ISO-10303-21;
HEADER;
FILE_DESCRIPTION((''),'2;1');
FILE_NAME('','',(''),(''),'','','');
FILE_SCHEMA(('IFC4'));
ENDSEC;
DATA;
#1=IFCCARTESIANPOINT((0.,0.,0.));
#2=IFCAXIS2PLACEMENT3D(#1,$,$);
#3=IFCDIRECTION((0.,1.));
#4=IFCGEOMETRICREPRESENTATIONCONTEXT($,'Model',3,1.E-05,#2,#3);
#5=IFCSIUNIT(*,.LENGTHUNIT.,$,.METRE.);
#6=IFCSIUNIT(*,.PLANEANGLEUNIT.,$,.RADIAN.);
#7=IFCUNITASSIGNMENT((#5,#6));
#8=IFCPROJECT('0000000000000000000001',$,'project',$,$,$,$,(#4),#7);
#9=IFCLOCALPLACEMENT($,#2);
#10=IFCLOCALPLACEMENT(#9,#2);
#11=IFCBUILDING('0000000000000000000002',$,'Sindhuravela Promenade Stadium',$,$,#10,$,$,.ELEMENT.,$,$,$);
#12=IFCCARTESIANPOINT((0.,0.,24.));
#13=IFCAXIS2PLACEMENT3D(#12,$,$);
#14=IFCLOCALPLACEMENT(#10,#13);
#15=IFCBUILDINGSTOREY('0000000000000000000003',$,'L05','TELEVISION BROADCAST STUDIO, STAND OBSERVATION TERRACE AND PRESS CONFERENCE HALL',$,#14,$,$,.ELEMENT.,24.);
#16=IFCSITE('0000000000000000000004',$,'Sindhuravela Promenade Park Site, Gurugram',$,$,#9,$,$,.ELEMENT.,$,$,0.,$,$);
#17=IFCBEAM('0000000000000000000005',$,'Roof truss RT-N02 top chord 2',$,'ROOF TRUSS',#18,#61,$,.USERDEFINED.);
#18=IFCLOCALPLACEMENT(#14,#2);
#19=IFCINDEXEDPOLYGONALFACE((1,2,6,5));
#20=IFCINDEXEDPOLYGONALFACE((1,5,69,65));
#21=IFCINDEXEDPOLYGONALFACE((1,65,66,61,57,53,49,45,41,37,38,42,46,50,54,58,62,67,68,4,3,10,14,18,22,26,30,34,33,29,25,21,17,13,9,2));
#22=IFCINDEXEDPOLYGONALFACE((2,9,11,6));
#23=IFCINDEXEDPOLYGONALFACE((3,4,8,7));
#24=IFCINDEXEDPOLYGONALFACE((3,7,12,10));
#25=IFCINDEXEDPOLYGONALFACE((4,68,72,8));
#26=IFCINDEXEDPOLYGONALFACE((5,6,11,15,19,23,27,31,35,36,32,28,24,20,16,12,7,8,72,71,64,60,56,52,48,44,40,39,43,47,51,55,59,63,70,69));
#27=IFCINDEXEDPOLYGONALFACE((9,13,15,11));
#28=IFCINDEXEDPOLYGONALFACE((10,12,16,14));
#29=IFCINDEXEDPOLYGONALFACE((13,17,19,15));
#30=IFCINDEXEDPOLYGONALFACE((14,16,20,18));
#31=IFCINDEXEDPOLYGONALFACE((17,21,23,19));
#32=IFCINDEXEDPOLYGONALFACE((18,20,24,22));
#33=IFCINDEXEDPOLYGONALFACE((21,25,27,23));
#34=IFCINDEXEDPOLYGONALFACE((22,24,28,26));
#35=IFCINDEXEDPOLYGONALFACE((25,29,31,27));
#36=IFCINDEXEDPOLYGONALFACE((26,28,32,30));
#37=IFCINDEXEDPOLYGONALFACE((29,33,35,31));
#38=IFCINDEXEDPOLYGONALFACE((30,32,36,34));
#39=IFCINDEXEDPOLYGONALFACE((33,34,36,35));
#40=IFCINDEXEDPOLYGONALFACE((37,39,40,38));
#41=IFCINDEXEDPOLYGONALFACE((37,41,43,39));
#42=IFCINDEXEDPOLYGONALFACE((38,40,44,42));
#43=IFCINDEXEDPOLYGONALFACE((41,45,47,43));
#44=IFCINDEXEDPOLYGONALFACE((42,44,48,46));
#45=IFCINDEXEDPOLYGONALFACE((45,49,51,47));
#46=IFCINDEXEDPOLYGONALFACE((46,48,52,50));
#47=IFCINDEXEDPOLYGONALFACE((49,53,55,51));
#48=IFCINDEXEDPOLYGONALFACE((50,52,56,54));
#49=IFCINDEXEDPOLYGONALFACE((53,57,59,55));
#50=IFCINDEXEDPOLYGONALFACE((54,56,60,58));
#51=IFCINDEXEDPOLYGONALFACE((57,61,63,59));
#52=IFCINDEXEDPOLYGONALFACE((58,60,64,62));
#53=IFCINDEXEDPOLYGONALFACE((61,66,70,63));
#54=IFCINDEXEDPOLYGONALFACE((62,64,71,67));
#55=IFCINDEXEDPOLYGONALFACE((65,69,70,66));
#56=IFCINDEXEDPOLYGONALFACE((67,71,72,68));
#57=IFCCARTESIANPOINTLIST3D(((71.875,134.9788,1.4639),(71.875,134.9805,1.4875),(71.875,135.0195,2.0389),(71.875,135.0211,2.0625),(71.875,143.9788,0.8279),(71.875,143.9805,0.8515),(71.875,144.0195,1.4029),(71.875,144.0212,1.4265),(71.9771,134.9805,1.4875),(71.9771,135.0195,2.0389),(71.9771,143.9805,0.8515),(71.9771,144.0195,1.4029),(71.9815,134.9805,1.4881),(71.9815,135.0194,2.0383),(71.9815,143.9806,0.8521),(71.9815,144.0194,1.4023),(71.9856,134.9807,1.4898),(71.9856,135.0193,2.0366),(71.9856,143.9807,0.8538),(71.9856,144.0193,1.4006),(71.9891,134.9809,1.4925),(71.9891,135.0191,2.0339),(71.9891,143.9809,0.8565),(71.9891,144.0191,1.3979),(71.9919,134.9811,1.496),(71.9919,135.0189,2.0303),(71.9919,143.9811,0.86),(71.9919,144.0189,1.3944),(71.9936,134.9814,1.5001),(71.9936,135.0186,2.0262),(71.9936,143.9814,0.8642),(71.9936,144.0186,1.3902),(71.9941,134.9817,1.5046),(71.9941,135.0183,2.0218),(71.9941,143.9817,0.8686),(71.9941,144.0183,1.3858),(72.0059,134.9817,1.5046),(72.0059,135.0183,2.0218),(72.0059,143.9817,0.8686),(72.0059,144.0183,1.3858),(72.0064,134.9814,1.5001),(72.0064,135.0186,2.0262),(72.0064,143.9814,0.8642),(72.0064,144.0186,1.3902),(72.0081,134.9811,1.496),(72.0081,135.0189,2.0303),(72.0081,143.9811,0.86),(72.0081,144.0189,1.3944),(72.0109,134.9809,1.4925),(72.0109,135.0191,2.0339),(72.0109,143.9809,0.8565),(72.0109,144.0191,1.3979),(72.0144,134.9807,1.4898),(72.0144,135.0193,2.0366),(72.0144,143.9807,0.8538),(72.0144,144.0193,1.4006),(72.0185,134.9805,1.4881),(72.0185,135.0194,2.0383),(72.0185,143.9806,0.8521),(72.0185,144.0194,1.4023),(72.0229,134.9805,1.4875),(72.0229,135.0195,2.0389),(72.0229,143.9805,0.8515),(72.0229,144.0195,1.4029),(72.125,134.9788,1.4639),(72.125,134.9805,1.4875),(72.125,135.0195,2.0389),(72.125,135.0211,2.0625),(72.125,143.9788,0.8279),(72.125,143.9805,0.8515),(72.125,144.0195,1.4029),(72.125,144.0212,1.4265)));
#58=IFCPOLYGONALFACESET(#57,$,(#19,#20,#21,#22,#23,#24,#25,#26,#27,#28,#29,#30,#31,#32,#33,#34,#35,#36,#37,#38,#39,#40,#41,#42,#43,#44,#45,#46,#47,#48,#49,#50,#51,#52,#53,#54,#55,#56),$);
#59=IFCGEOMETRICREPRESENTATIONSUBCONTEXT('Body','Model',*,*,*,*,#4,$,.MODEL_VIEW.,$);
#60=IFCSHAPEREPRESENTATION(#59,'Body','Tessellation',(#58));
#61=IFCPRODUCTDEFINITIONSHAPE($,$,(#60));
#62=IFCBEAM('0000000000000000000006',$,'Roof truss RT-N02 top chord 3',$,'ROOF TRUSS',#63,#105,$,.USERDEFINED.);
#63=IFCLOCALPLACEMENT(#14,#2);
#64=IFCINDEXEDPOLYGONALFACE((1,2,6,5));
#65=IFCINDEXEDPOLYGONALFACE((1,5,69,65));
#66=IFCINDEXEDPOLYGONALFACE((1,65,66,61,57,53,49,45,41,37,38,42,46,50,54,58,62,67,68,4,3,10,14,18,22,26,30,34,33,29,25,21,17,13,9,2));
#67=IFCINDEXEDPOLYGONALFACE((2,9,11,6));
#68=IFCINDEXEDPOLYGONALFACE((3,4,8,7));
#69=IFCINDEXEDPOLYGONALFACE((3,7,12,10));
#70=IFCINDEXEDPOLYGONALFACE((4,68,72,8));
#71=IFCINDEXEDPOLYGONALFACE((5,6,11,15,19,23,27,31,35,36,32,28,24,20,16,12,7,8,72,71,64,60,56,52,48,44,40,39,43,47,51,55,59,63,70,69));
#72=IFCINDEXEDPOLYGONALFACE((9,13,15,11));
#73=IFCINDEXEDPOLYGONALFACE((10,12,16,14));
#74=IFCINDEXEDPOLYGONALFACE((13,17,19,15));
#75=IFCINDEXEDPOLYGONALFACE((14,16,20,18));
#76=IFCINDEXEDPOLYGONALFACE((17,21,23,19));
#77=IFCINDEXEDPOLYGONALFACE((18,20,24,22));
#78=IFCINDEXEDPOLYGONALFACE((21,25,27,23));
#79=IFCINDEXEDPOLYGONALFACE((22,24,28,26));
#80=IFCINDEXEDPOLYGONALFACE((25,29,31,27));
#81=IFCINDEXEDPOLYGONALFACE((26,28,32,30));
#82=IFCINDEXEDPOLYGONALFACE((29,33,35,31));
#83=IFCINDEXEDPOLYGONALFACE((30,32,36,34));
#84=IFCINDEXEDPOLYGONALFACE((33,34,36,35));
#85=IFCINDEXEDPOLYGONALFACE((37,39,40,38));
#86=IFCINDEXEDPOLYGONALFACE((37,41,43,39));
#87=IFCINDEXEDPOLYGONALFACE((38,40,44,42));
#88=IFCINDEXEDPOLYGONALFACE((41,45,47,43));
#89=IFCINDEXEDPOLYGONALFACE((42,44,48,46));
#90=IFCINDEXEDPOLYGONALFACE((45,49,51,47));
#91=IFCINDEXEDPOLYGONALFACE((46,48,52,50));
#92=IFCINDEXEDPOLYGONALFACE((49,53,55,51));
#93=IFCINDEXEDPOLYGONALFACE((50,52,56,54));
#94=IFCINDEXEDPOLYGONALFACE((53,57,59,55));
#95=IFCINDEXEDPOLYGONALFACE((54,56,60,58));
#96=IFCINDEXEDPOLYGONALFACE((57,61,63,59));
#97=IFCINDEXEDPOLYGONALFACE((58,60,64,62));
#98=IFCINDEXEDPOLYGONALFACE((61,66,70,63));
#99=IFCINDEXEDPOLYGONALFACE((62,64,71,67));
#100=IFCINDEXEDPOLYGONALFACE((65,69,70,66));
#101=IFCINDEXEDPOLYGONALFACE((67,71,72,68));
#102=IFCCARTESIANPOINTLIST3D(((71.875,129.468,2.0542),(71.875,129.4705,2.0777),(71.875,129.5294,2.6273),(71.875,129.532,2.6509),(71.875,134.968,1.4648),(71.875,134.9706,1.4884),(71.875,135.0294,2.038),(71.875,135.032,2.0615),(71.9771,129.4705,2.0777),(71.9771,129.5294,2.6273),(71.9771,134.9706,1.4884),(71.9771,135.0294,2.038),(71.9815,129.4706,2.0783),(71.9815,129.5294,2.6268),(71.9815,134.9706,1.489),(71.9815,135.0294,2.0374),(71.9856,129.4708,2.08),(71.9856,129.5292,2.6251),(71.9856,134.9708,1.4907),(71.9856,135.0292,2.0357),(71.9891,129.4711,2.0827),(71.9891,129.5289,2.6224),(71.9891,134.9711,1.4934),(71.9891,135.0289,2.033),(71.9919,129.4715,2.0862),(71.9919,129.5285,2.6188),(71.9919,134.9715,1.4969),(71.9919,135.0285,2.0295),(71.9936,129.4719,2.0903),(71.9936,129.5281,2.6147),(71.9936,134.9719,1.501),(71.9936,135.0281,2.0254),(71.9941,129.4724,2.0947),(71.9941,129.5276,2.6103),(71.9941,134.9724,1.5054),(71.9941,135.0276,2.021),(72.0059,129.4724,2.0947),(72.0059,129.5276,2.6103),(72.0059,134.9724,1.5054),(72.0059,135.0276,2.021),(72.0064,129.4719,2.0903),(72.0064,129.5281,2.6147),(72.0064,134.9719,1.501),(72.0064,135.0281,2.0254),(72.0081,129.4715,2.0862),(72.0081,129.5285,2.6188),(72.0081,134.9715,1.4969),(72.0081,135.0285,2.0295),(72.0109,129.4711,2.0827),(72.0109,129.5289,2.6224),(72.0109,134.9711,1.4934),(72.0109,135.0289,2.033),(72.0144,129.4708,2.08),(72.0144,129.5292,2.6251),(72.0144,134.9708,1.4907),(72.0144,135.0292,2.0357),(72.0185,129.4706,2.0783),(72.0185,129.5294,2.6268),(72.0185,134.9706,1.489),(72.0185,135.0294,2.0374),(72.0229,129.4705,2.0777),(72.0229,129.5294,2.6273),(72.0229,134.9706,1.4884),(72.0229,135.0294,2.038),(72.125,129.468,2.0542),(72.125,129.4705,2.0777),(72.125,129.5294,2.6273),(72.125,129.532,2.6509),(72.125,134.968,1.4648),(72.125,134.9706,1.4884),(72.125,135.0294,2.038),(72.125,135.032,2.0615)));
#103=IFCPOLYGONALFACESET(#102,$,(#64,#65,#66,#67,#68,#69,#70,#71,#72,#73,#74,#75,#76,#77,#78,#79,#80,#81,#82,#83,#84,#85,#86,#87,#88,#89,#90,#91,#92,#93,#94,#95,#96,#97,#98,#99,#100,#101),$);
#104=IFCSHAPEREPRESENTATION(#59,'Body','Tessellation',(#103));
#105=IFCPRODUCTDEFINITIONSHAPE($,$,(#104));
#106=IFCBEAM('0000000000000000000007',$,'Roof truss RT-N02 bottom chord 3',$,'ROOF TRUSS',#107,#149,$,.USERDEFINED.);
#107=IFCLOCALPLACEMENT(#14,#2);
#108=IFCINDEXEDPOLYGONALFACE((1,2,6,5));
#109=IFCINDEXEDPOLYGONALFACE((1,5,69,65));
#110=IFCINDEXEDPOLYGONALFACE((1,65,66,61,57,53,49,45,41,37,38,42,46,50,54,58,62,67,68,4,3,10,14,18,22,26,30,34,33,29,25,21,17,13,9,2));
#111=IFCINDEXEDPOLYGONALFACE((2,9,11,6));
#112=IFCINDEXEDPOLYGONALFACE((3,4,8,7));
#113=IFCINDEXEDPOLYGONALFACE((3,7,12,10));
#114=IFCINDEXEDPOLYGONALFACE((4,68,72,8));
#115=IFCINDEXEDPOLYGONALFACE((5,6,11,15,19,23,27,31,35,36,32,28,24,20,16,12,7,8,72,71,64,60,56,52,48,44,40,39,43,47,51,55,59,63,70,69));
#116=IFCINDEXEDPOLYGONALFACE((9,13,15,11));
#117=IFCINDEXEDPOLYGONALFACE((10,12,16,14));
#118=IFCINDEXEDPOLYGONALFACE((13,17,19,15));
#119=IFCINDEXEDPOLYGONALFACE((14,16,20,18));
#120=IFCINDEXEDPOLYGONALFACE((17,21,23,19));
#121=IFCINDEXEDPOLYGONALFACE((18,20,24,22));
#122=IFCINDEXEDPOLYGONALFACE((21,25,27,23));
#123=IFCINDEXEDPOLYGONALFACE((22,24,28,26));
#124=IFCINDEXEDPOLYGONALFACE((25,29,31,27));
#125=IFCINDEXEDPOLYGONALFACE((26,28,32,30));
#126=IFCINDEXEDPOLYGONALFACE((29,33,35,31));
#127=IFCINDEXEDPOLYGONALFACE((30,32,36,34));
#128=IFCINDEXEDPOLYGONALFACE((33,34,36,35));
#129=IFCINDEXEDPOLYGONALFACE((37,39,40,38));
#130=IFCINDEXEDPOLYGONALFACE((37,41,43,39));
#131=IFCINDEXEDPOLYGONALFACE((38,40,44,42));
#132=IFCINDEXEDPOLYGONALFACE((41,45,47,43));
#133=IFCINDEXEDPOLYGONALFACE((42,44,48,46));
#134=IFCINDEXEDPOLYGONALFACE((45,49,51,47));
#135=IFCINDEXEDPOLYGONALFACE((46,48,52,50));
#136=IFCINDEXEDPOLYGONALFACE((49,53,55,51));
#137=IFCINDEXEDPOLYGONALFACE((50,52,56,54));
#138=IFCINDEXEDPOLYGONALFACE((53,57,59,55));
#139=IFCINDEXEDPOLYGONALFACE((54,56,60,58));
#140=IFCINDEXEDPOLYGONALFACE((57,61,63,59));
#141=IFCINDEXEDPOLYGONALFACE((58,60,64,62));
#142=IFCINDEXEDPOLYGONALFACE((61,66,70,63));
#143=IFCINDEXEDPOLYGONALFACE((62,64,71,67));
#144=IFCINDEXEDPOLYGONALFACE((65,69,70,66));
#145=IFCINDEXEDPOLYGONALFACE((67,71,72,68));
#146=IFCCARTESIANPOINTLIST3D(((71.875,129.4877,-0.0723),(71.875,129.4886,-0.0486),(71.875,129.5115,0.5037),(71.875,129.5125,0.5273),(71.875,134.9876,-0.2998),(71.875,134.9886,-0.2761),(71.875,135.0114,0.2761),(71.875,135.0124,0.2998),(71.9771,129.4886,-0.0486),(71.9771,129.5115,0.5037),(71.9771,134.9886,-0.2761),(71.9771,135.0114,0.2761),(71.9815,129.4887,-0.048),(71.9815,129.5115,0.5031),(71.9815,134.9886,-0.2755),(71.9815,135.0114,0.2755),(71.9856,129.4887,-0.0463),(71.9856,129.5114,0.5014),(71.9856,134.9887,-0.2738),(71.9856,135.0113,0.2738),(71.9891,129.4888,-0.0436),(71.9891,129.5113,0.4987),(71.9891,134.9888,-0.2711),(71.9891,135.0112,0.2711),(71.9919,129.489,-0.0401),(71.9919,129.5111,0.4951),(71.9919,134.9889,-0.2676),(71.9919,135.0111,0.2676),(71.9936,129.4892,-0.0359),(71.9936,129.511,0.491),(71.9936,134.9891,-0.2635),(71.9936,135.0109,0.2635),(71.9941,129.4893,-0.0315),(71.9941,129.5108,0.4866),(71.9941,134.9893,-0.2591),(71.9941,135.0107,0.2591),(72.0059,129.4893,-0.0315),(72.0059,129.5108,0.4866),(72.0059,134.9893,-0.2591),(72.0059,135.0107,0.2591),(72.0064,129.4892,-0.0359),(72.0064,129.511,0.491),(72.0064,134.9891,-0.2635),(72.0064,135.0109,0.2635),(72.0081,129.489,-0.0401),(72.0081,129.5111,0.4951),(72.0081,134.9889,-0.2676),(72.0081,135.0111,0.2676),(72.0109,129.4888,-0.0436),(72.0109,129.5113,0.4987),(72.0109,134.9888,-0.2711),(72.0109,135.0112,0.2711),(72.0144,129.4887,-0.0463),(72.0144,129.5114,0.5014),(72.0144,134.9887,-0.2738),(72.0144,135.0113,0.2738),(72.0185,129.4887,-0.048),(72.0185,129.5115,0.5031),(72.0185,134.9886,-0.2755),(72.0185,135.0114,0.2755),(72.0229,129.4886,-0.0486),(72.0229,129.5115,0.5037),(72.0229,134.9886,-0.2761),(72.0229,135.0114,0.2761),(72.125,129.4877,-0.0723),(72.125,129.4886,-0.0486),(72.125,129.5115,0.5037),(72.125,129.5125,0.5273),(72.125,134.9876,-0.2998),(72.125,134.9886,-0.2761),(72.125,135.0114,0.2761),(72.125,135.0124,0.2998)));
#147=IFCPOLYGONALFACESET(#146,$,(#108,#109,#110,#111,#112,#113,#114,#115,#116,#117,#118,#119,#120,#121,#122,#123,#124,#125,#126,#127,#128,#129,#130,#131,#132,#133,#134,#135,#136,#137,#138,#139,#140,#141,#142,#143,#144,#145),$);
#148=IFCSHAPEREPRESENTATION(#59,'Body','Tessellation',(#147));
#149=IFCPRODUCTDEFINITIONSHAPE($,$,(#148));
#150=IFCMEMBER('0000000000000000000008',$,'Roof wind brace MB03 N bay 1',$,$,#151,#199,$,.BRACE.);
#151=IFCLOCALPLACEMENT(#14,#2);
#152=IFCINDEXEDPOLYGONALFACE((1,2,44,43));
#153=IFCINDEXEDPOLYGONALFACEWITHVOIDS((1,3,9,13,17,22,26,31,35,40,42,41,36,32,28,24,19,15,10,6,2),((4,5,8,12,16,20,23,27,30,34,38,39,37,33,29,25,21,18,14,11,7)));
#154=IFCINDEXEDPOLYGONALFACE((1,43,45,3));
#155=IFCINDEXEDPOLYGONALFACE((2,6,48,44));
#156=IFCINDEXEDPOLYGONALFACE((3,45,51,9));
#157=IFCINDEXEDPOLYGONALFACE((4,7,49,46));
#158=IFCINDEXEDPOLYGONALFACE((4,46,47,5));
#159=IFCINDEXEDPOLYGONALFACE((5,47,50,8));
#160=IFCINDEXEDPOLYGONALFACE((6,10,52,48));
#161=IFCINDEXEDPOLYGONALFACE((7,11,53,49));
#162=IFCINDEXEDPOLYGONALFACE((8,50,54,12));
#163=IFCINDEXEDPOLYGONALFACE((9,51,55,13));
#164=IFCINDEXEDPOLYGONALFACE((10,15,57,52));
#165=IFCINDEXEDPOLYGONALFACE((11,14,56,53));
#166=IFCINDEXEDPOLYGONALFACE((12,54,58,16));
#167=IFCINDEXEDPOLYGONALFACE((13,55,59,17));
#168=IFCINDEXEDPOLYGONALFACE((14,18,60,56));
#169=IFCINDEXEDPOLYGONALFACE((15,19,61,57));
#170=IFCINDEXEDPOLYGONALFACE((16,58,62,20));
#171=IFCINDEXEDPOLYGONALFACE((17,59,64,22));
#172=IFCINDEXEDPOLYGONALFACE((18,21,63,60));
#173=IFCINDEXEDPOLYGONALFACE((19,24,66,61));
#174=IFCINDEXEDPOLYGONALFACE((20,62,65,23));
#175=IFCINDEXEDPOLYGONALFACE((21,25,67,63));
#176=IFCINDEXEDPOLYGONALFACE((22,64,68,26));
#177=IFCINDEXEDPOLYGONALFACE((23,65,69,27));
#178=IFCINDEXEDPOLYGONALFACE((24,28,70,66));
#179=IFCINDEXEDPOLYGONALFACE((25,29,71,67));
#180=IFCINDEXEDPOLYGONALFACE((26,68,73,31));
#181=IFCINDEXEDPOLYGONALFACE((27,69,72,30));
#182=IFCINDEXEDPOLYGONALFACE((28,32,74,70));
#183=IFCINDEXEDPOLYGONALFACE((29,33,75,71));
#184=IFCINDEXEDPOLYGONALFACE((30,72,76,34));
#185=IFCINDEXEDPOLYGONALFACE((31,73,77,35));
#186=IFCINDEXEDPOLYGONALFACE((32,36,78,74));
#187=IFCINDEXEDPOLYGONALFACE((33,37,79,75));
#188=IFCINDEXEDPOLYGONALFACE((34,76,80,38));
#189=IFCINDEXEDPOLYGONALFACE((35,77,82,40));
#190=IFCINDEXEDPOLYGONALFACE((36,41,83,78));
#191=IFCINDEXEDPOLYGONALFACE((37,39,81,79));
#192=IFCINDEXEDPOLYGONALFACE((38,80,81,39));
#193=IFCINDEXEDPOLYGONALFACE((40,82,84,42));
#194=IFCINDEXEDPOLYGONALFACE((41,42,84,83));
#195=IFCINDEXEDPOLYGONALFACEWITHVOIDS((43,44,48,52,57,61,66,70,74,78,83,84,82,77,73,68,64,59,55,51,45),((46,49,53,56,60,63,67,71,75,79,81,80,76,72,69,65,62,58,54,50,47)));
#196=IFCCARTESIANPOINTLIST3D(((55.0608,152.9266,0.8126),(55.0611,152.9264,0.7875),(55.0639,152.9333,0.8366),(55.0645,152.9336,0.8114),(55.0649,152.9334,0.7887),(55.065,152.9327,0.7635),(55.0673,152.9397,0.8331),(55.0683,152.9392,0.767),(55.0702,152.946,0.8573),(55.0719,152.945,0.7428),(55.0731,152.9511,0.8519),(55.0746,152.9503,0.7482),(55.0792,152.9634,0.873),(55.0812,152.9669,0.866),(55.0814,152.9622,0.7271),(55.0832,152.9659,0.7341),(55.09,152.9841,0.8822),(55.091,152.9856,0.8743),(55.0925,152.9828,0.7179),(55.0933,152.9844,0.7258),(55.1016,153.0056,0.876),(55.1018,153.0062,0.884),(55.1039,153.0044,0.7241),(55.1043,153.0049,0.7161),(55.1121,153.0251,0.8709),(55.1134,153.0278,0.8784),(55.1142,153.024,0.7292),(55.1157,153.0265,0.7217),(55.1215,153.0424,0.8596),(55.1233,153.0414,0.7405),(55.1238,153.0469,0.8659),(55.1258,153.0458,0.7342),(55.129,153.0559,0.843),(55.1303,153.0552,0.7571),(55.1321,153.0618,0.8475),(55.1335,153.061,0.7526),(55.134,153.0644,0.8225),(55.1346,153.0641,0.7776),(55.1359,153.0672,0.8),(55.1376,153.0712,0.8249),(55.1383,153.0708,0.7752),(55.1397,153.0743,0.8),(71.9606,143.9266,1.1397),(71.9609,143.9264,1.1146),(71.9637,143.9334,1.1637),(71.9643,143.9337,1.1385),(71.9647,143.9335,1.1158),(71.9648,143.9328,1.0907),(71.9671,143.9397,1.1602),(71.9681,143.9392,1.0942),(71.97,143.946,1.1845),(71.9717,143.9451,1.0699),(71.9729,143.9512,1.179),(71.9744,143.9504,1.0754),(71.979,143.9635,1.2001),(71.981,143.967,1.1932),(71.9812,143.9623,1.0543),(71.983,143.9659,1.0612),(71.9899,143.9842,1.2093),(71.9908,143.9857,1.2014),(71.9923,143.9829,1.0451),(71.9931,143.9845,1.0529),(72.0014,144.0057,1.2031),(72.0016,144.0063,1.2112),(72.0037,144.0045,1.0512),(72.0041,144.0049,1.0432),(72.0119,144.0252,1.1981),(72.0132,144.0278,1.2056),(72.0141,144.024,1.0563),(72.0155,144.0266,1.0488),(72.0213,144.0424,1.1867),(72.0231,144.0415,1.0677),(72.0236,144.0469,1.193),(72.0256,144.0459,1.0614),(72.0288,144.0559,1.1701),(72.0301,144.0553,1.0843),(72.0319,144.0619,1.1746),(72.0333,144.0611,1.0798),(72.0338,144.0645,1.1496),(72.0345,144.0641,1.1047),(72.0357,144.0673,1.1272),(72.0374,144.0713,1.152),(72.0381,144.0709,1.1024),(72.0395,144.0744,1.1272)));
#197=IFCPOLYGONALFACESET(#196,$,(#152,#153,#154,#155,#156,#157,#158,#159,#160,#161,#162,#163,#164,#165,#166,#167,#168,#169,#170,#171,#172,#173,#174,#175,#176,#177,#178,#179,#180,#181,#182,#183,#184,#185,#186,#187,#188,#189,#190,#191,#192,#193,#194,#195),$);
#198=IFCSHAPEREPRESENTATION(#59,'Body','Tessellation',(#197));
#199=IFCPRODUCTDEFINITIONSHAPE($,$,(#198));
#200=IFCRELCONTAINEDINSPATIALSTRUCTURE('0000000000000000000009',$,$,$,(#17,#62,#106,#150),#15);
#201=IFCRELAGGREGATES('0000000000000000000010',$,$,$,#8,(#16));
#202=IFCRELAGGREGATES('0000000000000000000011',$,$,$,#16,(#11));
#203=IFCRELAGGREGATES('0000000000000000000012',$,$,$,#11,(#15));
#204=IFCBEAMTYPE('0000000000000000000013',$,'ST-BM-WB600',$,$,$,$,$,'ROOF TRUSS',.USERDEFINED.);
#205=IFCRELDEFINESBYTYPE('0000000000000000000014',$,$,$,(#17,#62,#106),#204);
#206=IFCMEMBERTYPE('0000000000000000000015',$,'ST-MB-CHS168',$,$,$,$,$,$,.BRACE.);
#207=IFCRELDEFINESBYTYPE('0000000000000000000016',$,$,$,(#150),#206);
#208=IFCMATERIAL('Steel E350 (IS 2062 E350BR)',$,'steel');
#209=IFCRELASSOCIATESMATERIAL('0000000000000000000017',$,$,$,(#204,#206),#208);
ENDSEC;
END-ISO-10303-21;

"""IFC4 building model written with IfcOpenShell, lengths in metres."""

from ifc_helpers import new_model, si_unit, direction, frame, origin, origin_2d, place, context, subcontext, project, spatial, hollow_circle, i_section, extrude, material, material_profile, profile_set, type_object, element, save


model = new_model("IFC4")

# Units and contexts
model_context = context("Model", 3, precision=1e-05, world=origin(), true_north=direction((0.0, 1.0)))
body_context = subcontext(model_context, "Body", "Model", "MODEL_VIEW")
ifc_project = project(units=[si_unit("LENGTHUNIT", "METRE"), si_unit("PLANEANGLEUNIT", "RADIAN")], contexts=[model_context])

# Site, building, storey
site_placement = place(None, origin())
site = spatial("IfcSite", under=ifc_project, at=site_placement, Name="Sindhuravela Promenade Park Site, Gurugram", CompositionType="ELEMENT", RefElevation=0.0)
building_placement = place(site_placement, origin())
building = spatial("IfcBuilding", under=site, at=building_placement, Name="Sindhuravela Promenade Stadium", CompositionType="ELEMENT")
storey_placement = place(building_placement, frame((0.0, 0.0, 24.0)))
storey = spatial("IfcBuildingStorey", under=building, at=storey_placement, Name="L05", Description="TELEVISION BROADCAST STUDIO, STAND OBSERVATION TERRACE AND PRESS CONFERENCE HALL", CompositionType="ELEMENT", Elevation=24.0)

# Beams
ifc_material_1 = material(Name="Steel E350 (IS 2062 E350BR)", Category="steel")
ifc_material_profile_1 = material_profile(ifc_material_1, i_section(OverallWidth=0.25, OverallDepth=0.6001, WebThickness=0.0117, FlangeThickness=0.0237, FilletRadius=0.0171, at=origin_2d()), Name="ISWB 600")
ifc_profile_set_1 = profile_set([ifc_material_profile_1], Name="Steel E350 (IS 2062 E350BR)")
beam_type = type_object("IfcBeamType", Name="ST-BM-WB600", ElementType="ROOF TRUSS", PredefinedType="USERDEFINED", material=ifc_profile_set_1)
beam_1_placement = place(storey_placement, frame((72.0, 144.0, 1.1272), z_axis=(0.0, -0.997513, 0.070489), x_axis=(1.0, 0.0, 0.0)))
element("IfcBeam", 1, at=beam_1_placement, inside=storey, type_object=beam_type, Name="Roof truss RT-N02 top chord 2", ObjectType="ROOF TRUSS", PredefinedType="USERDEFINED", context=body_context, shape_type="SweptSolid", body=[
    extrude(i_section(OverallWidth=0.25, OverallDepth=0.6001, WebThickness=0.0117, FlangeThickness=0.0237, FilletRadius=0.0171, at=origin_2d()), origin(), (0.0, 0.0, 1.0), 9.0225),
])
beam_2_placement = place(storey_placement, frame((72.0, 135.0, 1.7632), z_axis=(0.0, -0.994308, 0.106546), x_axis=(1.0, 0.0, 0.0)))
element("IfcBeam", 2, at=beam_2_placement, inside=storey, type_object=beam_type, Name="Roof truss RT-N02 top chord 3", ObjectType="ROOF TRUSS", PredefinedType="USERDEFINED", context=body_context, shape_type="SweptSolid", body=[
    extrude(i_section(OverallWidth=0.25, OverallDepth=0.6001, WebThickness=0.0117, FlangeThickness=0.0237, FilletRadius=0.0171, at=origin_2d()), origin(), (0.0, 0.0, 1.0), 5.5315),
])
beam_3_placement = place(storey_placement, frame((72.0, 135.0, 0.0), z_axis=(0.0, -0.999145, 0.041335), x_axis=(1.0, 0.0, 0.0)))
element("IfcBeam", 3, at=beam_3_placement, inside=storey, type_object=beam_type, Name="Roof truss RT-N02 bottom chord 3", ObjectType="ROOF TRUSS", PredefinedType="USERDEFINED", context=body_context, shape_type="SweptSolid", body=[
    extrude(i_section(OverallWidth=0.25, OverallDepth=0.6001, WebThickness=0.0117, FlangeThickness=0.0237, FilletRadius=0.0171, at=origin_2d()), origin(), (0.0, 0.0, 1.0), 5.5046),
])

# Member
ifc_material_profile_2 = material_profile(ifc_material_1, hollow_circle(Radius=0.0842, WallThickness=0.0081, at=origin_2d()), Name="CHS 168.3x8")
ifc_profile_set_2 = profile_set([ifc_material_profile_2], Name="Steel E350 (IS 2062 E350BR)")
member_type_1 = type_object("IfcMemberType", Name="ST-MB-CHS168", PredefinedType="BRACE", material=ifc_profile_set_2)
member_1_placement = place(storey_placement, frame((55.1001, 153.0, 0.8), z_axis=(0.882512, -0.46998, 0.017084), x_axis=(0.470048, 0.882641, 0.0)))
element("IfcMember", 4, at=member_1_placement, inside=storey, type_object=member_type_1, Name="Roof wind brace MB03 N bay 1", PredefinedType="BRACE", context=body_context, shape_type="SweptSolid", body=[
    extrude(hollow_circle(Radius=0.0842, WallThickness=0.0081, at=origin_2d()), origin(), (0.0, 0.0, 1.0), 19.1497),
])

save(model, "model.ifc")
